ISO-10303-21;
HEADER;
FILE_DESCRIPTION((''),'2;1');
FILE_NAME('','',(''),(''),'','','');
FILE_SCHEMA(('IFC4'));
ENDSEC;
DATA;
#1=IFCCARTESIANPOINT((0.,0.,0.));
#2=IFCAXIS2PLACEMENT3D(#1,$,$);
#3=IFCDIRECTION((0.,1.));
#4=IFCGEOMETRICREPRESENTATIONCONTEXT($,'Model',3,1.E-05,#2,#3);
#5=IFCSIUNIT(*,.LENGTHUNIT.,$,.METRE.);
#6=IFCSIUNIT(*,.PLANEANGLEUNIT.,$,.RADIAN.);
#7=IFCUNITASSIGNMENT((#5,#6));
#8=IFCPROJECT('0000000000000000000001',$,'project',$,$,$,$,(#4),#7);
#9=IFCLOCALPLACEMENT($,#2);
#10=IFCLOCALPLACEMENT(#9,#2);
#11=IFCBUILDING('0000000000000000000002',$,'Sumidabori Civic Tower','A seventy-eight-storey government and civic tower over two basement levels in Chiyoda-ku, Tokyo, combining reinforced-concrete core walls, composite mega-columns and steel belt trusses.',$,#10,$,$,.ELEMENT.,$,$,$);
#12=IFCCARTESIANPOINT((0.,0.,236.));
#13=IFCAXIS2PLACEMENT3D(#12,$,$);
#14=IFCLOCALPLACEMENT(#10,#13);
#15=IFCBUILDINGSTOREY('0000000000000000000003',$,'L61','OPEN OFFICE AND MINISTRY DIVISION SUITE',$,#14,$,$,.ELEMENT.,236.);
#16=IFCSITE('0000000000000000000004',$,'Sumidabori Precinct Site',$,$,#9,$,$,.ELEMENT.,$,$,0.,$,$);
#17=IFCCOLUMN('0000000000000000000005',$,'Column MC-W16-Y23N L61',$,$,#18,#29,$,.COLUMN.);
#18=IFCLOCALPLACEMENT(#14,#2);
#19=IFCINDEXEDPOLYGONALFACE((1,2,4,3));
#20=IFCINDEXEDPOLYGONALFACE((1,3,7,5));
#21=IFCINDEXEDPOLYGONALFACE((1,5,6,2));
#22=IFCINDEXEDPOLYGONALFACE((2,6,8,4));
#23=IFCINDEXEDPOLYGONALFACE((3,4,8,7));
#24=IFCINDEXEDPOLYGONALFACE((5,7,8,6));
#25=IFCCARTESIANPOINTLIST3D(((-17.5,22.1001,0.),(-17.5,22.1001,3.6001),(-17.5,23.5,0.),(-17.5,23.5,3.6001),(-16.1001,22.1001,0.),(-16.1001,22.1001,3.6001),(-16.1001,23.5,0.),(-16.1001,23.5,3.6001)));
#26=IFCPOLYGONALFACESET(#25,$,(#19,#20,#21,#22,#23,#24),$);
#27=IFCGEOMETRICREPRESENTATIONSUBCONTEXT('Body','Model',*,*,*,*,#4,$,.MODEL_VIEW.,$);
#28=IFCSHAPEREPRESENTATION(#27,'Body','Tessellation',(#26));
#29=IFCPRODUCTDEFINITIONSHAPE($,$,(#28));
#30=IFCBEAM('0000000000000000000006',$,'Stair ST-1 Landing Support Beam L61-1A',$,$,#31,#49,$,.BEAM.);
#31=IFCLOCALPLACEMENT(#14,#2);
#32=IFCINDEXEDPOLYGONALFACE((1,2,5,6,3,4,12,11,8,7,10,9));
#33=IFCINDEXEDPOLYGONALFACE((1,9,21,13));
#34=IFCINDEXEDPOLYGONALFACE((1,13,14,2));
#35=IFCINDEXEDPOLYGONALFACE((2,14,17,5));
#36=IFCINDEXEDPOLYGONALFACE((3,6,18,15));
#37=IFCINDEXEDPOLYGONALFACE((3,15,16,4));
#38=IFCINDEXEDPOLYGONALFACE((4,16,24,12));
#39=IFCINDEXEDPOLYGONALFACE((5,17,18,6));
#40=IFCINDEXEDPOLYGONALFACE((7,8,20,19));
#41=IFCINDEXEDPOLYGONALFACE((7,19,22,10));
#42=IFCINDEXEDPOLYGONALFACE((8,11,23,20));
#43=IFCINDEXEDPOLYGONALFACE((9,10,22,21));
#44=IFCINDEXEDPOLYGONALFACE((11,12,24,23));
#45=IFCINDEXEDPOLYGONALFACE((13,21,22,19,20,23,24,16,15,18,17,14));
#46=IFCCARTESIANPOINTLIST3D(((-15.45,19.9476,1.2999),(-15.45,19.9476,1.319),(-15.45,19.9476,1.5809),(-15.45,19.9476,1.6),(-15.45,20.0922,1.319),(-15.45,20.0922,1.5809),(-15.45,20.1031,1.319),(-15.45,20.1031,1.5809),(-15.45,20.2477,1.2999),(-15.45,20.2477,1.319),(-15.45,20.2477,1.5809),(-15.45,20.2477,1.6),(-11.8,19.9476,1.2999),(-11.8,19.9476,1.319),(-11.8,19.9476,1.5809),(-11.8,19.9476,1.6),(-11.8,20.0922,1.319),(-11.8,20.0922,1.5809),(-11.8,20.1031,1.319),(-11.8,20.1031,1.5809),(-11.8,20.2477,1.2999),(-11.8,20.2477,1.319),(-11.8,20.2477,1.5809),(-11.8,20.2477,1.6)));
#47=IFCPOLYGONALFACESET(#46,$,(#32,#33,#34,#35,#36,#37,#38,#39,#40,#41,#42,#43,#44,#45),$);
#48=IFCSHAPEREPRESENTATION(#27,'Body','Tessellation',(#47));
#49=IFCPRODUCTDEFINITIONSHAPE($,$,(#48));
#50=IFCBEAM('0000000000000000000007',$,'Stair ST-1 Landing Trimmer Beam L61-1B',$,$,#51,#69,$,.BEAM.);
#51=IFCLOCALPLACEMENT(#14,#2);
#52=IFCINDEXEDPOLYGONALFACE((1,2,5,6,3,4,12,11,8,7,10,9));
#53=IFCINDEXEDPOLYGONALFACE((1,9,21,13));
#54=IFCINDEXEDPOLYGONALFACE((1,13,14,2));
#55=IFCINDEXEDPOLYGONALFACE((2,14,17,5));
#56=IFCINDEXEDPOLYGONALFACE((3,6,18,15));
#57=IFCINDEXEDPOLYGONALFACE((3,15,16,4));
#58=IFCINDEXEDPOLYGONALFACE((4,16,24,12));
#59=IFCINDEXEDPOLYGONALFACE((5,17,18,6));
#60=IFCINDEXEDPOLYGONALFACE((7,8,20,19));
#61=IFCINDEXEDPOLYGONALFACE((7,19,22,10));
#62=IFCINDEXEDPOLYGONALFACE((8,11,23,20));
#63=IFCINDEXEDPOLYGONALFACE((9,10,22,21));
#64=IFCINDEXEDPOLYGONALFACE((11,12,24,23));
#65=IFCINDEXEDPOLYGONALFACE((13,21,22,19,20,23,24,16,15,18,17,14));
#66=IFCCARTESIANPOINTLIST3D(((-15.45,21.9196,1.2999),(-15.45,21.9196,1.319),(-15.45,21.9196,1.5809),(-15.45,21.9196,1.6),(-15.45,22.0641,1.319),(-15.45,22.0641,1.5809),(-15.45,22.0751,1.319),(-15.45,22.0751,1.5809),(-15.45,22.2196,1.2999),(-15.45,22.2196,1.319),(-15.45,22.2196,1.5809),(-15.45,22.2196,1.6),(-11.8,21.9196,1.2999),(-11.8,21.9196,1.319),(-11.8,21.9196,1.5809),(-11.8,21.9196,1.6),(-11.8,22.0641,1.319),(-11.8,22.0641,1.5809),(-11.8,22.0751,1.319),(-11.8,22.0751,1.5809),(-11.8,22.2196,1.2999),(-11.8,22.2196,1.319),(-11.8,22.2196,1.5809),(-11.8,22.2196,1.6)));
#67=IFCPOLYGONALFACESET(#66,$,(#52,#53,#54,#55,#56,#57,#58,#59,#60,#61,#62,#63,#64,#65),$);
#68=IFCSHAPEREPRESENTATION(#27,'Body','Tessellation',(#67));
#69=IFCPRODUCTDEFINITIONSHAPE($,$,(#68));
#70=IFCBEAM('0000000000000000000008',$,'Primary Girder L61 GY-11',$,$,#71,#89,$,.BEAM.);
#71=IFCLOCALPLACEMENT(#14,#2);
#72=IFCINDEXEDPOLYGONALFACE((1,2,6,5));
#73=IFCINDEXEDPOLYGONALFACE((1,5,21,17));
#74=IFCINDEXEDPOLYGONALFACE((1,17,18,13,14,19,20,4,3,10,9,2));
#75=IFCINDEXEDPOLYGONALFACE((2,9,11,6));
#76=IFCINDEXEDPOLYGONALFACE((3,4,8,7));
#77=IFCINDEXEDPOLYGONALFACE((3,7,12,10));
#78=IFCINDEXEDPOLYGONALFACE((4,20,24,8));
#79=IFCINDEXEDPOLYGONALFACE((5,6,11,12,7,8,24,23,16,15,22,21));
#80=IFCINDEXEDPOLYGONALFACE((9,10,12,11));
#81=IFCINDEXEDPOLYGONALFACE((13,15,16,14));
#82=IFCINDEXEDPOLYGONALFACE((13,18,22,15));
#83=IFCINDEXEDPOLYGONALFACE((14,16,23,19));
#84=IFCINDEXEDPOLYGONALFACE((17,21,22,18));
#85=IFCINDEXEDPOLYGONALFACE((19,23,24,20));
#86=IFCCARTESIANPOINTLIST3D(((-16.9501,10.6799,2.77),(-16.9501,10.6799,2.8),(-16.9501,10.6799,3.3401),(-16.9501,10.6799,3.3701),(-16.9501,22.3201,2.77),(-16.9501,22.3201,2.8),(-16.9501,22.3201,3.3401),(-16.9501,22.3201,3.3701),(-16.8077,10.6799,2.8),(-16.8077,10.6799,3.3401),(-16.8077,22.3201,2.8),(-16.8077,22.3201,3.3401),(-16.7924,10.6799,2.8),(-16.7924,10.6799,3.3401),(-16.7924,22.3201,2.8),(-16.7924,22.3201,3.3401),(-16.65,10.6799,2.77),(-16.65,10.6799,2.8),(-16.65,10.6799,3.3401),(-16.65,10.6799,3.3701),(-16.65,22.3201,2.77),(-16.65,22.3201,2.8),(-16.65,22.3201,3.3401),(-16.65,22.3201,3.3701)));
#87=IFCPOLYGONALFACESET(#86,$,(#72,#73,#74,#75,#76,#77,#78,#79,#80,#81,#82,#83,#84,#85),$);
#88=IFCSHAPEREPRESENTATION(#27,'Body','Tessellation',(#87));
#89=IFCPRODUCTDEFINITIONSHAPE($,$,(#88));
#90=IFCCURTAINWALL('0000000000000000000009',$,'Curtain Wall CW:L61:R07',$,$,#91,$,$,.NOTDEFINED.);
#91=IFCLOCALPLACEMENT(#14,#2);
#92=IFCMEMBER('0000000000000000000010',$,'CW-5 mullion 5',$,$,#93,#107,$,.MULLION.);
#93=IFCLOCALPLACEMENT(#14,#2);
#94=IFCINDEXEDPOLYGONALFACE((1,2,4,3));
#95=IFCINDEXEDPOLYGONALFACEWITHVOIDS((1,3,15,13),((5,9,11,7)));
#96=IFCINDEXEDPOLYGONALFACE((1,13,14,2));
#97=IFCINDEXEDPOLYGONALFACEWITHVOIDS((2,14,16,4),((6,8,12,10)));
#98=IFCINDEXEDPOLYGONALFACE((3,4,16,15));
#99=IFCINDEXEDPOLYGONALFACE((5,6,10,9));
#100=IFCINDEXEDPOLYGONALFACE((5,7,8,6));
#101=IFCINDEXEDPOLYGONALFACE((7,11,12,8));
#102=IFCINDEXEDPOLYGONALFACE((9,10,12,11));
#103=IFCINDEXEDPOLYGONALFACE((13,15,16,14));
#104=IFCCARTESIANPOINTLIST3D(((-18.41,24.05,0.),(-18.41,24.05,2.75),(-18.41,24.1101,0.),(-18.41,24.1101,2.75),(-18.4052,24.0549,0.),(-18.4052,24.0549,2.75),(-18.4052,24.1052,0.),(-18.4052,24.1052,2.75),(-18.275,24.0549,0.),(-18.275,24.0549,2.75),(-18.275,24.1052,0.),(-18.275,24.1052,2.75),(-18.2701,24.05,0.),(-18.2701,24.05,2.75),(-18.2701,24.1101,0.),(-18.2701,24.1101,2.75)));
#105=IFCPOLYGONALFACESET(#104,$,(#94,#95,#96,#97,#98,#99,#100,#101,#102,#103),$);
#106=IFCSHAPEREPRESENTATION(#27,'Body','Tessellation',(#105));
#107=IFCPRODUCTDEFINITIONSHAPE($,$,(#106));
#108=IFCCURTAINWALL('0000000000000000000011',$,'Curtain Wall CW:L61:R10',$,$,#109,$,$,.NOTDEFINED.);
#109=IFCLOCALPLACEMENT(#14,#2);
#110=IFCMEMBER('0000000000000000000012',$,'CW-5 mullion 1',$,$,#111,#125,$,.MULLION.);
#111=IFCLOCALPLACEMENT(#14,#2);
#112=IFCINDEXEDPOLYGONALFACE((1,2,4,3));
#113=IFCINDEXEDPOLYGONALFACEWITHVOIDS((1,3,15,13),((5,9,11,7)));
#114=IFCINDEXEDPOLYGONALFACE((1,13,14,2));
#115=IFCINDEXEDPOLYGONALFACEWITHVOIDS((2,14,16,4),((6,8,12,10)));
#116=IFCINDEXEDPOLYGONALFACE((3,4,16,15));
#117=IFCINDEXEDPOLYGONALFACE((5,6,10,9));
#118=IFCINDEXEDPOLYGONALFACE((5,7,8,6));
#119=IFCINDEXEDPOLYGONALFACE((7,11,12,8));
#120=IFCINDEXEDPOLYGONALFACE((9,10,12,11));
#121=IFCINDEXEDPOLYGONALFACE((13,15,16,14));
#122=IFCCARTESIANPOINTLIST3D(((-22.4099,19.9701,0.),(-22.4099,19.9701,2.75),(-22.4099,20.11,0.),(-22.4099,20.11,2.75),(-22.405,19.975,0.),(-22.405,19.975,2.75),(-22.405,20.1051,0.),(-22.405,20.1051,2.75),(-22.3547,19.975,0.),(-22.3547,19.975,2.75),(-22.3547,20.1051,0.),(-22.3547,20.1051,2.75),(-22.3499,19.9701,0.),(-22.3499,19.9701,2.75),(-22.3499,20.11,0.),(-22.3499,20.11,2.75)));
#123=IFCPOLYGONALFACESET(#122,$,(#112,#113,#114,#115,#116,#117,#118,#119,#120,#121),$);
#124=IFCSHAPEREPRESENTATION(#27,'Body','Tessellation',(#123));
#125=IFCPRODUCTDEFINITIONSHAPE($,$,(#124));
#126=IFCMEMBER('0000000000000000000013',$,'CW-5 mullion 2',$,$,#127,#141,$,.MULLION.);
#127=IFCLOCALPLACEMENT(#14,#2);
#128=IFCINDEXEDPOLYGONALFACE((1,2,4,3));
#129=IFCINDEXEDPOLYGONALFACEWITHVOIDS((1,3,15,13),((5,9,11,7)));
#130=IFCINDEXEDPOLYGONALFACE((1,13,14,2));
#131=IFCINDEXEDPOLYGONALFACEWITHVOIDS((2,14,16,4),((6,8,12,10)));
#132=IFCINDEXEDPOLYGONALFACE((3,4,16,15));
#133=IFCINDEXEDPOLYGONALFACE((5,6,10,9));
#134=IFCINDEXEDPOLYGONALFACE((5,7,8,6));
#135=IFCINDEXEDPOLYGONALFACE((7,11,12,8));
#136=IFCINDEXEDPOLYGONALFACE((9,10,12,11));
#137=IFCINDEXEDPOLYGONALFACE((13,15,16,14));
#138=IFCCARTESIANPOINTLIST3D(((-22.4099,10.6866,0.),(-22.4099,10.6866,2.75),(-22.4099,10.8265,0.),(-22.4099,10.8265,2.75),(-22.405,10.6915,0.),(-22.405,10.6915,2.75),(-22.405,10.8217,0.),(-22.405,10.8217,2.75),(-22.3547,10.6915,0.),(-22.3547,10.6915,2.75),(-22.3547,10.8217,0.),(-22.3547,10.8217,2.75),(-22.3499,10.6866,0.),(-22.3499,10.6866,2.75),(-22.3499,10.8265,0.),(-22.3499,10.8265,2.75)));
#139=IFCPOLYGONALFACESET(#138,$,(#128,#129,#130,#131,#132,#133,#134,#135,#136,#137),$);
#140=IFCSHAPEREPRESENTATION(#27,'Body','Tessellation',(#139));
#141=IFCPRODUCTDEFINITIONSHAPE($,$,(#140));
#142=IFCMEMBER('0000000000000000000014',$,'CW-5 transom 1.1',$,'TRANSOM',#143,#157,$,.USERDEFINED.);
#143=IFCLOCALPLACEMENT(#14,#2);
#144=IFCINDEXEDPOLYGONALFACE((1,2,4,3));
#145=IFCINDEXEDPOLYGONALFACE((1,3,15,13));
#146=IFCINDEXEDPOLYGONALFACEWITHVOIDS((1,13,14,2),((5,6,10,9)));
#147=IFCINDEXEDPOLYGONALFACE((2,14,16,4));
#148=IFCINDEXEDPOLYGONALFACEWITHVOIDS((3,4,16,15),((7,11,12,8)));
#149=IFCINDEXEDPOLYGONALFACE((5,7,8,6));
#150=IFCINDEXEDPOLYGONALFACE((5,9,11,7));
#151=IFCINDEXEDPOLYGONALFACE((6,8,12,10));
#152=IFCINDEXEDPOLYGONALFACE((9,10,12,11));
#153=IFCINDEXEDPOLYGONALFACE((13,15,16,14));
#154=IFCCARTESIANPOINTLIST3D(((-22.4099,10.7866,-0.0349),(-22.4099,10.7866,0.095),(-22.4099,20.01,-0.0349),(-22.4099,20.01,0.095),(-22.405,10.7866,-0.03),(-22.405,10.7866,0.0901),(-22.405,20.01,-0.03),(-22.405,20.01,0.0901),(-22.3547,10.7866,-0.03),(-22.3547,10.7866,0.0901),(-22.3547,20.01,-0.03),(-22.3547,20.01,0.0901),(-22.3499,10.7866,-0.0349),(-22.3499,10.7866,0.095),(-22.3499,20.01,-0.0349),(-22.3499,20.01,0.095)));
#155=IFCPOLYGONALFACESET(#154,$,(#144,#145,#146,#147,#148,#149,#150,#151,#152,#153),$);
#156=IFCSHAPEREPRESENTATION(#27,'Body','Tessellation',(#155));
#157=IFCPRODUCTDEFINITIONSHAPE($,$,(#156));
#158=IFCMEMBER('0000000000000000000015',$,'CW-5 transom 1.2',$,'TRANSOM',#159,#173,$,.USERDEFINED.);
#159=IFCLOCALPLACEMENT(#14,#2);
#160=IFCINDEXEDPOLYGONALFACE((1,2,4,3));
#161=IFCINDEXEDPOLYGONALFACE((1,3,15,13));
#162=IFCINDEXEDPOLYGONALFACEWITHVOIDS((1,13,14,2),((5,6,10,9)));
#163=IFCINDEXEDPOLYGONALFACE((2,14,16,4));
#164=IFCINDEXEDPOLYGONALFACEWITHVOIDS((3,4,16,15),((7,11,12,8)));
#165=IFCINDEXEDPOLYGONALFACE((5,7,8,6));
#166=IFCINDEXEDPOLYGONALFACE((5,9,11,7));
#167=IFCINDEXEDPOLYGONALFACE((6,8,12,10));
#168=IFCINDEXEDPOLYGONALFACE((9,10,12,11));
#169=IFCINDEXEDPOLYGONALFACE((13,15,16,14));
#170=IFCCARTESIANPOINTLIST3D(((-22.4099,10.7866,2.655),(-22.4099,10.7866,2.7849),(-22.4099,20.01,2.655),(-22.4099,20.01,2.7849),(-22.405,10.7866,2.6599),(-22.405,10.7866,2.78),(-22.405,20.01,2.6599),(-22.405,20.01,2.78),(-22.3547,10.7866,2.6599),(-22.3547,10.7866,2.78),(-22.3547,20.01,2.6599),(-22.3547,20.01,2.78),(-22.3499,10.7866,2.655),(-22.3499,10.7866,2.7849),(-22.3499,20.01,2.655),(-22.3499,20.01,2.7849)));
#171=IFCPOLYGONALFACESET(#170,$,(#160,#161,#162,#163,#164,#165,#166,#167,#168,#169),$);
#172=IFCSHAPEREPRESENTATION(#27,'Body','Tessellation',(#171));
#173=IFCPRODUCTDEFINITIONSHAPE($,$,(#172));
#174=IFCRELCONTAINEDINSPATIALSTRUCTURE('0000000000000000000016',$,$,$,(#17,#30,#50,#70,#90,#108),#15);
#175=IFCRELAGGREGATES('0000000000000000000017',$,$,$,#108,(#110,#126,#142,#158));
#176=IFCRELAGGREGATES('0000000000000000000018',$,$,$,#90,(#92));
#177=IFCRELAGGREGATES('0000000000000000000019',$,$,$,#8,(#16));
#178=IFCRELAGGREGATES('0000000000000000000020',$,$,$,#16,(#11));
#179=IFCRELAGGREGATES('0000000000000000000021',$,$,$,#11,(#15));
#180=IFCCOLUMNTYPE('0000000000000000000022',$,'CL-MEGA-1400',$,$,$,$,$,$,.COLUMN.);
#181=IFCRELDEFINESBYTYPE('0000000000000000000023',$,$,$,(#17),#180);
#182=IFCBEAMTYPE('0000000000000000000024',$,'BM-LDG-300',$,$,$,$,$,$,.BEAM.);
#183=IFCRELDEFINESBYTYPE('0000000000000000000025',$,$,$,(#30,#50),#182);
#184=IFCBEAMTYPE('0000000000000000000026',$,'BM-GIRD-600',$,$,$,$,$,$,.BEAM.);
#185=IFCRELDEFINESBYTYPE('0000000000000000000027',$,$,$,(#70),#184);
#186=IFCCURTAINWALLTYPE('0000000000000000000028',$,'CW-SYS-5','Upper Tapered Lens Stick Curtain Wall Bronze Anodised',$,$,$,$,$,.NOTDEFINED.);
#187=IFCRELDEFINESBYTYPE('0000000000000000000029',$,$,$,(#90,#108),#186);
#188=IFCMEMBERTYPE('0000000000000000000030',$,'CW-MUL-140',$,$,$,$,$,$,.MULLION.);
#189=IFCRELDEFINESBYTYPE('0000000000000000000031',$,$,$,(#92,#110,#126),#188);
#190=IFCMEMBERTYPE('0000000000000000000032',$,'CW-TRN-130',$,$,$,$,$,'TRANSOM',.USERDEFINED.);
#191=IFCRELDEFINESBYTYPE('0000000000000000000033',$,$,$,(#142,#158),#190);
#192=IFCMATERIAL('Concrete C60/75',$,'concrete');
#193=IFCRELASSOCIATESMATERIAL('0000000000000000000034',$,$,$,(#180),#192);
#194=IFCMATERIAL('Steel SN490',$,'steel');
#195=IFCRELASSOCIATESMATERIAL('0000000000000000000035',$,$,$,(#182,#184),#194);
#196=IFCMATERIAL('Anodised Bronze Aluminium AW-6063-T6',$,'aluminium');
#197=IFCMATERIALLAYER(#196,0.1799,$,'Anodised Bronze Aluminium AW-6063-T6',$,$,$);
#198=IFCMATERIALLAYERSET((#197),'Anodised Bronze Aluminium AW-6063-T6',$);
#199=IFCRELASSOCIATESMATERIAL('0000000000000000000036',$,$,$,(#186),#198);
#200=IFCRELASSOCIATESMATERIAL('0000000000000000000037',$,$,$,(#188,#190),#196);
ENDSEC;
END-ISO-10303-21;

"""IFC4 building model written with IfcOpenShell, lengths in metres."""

from ifc_helpers import new_model, si_unit, direction, frame, origin, origin_2d, place, context, subcontext, project, spatial, rectangle, hollow_rectangle, i_section, extrude, source, transform, mapped, material, layer, layer_set, material_profile, profile_set, type_object, element, aggregate, save


model = new_model("IFC4")

# Units and contexts
model_context = context("Model", 3, precision=1e-05, world=origin(), true_north=direction((0.0, 1.0)))
body_context = subcontext(model_context, "Body", "Model", "MODEL_VIEW")
ifc_project = project(units=[si_unit("LENGTHUNIT", "METRE"), si_unit("PLANEANGLEUNIT", "RADIAN")], contexts=[model_context])

# Site, building, storey
site_placement = place(None, origin())
site = spatial("IfcSite", under=ifc_project, at=site_placement, Name="Sumidabori Precinct Site", CompositionType="ELEMENT", RefElevation=0.0)
building_placement = place(site_placement, origin())
building = spatial("IfcBuilding", under=site, at=building_placement, Name="Sumidabori Civic Tower", Description="A seventy-eight-storey government and civic tower over two basement levels in Chiyoda-ku, Tokyo, combining reinforced-concrete core walls, composite mega-columns and steel belt trusses.", CompositionType="ELEMENT")
storey_placement = place(building_placement, frame((0.0, 0.0, 236.0)))
storey = spatial("IfcBuildingStorey", under=building, at=storey_placement, Name="L61", Description="OPEN OFFICE AND MINISTRY DIVISION SUITE", CompositionType="ELEMENT", Elevation=236.0)

# Column
ifc_material_1 = material(Name="Concrete C60/75", Category="concrete")
ifc_material_profile_1 = material_profile(ifc_material_1, rectangle(XDim=1.3999, YDim=1.3999, at=origin_2d()), Name="RC 1400x1400")
ifc_profile_set_1 = profile_set([ifc_material_profile_1], Name="Concrete C60/75")
column_type = type_object("IfcColumnType", Name="CL-MEGA-1400", PredefinedType="COLUMN", material=ifc_profile_set_1)
shared_shape_1 = source(origin(), body_context, "Body", "SweptSolid", [
    extrude(rectangle(XDim=1.3999, YDim=1.3999, at=origin_2d()), origin(), (0.0, 0.0, 1.0), 3.6001),
])
column_placement = place(storey_placement, frame((-16.8, 22.8, 0.0), z_axis=(0.0, 0.0, 1.0), x_axis=(1.0, 0.0, 0.0)))
element("IfcColumn", 1, at=column_placement, inside=storey, type_object=column_type, Name="Column MC-W16-Y23N L61", PredefinedType="COLUMN", context=body_context, shape_type="MappedRepresentation", body=[
    mapped(shared_shape_1, transform((0.0, 0.0, 0.0), x_axis=(1.0, 0.0, 0.0), y_axis=(0.0, 1.0, 0.0), z_axis=(0.0, 0.0, 1.0), scale=1.0)),
])

# Beams
ifc_material_2 = material(Name="Steel SN490", Category="steel")
ifc_material_profile_2 = material_profile(ifc_material_2, i_section(OverallWidth=0.3, OverallDepth=0.3, WebThickness=0.011, FlangeThickness=0.019, at=origin_2d()), Name="HE 300 B")
ifc_profile_set_2 = profile_set([ifc_material_profile_2], Name="Steel SN490")
beam_type_1 = type_object("IfcBeamType", Name="BM-LDG-300", PredefinedType="BEAM", material=ifc_profile_set_2)
shared_shape_2 = source(origin(), body_context, "Body", "SweptSolid", [
    extrude(i_section(OverallWidth=0.3, OverallDepth=0.3, WebThickness=0.011, FlangeThickness=0.019, at=origin_2d()), origin(), (0.0, 0.0, 1.0), 3.6499),
])
for number, where, z_axis, x_axis, name in (
    (2, (-15.45, 20.0977, 1.45), (1.0, 0.0, 0.0), (0.0, 1.0, 0.0), "Stair ST-1 Landing Support Beam L61-1A"),
    (3, (-15.45, 22.0696, 1.45), (1.0, 0.0, 0.0), (0.0, 1.0, 0.0), "Stair ST-1 Landing Trimmer Beam L61-1B"),
):
    element("IfcBeam", number, at=place(storey_placement, frame(where, z_axis=z_axis, x_axis=x_axis)), inside=storey, type_object=beam_type_1, Name=name, PredefinedType="BEAM", context=body_context, shape_type="MappedRepresentation", body=[
        mapped(shared_shape_2, transform((0.0, 0.0, 0.0), x_axis=(1.0, 0.0, 0.0), y_axis=(0.0, 1.0, 0.0), z_axis=(0.0, 0.0, 1.0), scale=1.0)),
    ])
ifc_material_profile_3 = material_profile(ifc_material_2, i_section(OverallWidth=0.3, OverallDepth=0.6001, WebThickness=0.0154, FlangeThickness=0.03, at=origin_2d()), Name="HE 600 B")
ifc_profile_set_3 = profile_set([ifc_material_profile_3], Name="Steel SN490")
beam_type_2 = type_object("IfcBeamType", Name="BM-GIRD-600", PredefinedType="BEAM", material=ifc_profile_set_3)
shared_shape_3 = source(origin(), body_context, "Body", "SweptSolid", [
    extrude(i_section(OverallWidth=0.3, OverallDepth=0.6001, WebThickness=0.0154, FlangeThickness=0.03, at=origin_2d()), origin(), (0.0, 0.0, 1.0), 11.6401),
])
beam_placement = place(storey_placement, frame((-16.8, 10.6799, 3.0701), z_axis=(0.0, 1.0, 0.0), x_axis=(-1.0, 0.0, 0.0)))
element("IfcBeam", 4, at=beam_placement, inside=storey, type_object=beam_type_2, Name="Primary Girder L61 GY-11", PredefinedType="BEAM", context=body_context, shape_type="MappedRepresentation", body=[
    mapped(shared_shape_3, transform((0.0, 0.0, 0.0), x_axis=(1.0, 0.0, 0.0), y_axis=(0.0, 1.0, 0.0), z_axis=(0.0, 0.0, 1.0), scale=1.0)),
])

# Curtain wall, member
ifc_material_3 = material(Name="Anodised Bronze Aluminium AW-6063-T6", Category="aluminium")
ifc_layer_1 = layer(ifc_material_3, 0.1799, Name="Anodised Bronze Aluminium AW-6063-T6")
ifc_layer_set_1 = layer_set([ifc_layer_1], Name="Anodised Bronze Aluminium AW-6063-T6")
curtain_wall_type = type_object("IfcCurtainWallType", Name="CW-SYS-5", Description="Upper Tapered Lens Stick Curtain Wall Bronze Anodised", PredefinedType="NOTDEFINED", material=ifc_layer_set_1)
curtain_wall_1_placement = place(storey_placement, origin())
curtain_wall_1 = element("IfcCurtainWall", 5, at=curtain_wall_1_placement, inside=storey, type_object=curtain_wall_type, Name="Curtain Wall CW:L61:R07", PredefinedType="NOTDEFINED")
ifc_material_profile_4 = material_profile(ifc_material_3, hollow_rectangle(XDim=0.0601, YDim=0.1399, WallThickness=0.0049, at=origin_2d()), Name="ALU MULLION 140x60")
ifc_profile_set_4 = profile_set([ifc_material_profile_4], Name="Anodised Bronze Aluminium AW-6063-T6")
member_type_1 = type_object("IfcMemberType", Name="CW-MUL-140", PredefinedType="MULLION", material=ifc_profile_set_4)
shared_shape_4 = source(origin(), body_context, "Body", "SweptSolid", [
    extrude(hollow_rectangle(XDim=0.0601, YDim=0.1399, WallThickness=0.0049, at=origin_2d()), origin(), (0.0, 0.0, 1.0), 2.75),
])
member_1_placement = place(storey_placement, frame((-18.3401, 24.0801, 0.0), z_axis=(0.0, 0.0, 1.0), x_axis=(0.0, -1.0, 0.0)))
member_1 = element("IfcMember", 6, at=member_1_placement, type_object=member_type_1, Name="CW-5 mullion 5", PredefinedType="MULLION", context=body_context, shape_type="MappedRepresentation", body=[
    mapped(shared_shape_4, transform((0.0, 0.0, 0.0), x_axis=(1.0, 0.0, 0.0), y_axis=(0.0, 1.0, 0.0), z_axis=(0.0, 0.0, 1.0), scale=1.0)),
])

# Curtain wall, members
curtain_wall_2_placement = place(storey_placement, origin())
curtain_wall_2 = element("IfcCurtainWall", 7, at=curtain_wall_2_placement, inside=storey, type_object=curtain_wall_type, Name="Curtain Wall CW:L61:R10", PredefinedType="NOTDEFINED")
member_2_placement = place(storey_placement, frame((-22.3799, 20.04, 0.0), z_axis=(0.0, 0.0, 1.0), x_axis=(1.0, 0.0, 0.0)))
member_2 = element("IfcMember", 8, at=member_2_placement, type_object=member_type_1, Name="CW-5 mullion 1", PredefinedType="MULLION", context=body_context, shape_type="MappedRepresentation", body=[
    mapped(shared_shape_4, transform((0.0, 0.0, 0.0), x_axis=(1.0, 0.0, 0.0), y_axis=(0.0, 1.0, 0.0), z_axis=(0.0, 0.0, 1.0), scale=1.0)),
])
member_3_placement = place(storey_placement, frame((-22.3799, 10.7566, 0.0), z_axis=(0.0, 0.0, 1.0), x_axis=(1.0, 0.0, 0.0)))
member_3 = element("IfcMember", 9, at=member_3_placement, type_object=member_type_1, Name="CW-5 mullion 2", PredefinedType="MULLION", context=body_context, shape_type="MappedRepresentation", body=[
    mapped(shared_shape_4, transform((0.0, 0.0, 0.0), x_axis=(1.0, 0.0, 0.0), y_axis=(0.0, 1.0, 0.0), z_axis=(0.0, 0.0, 1.0), scale=1.0)),
])
ifc_material_profile_5 = material_profile(ifc_material_3, hollow_rectangle(XDim=0.0601, YDim=0.1299, WallThickness=0.0049, at=origin_2d()), Name="ALU TRANSOM 130x60")
ifc_profile_set_5 = profile_set([ifc_material_profile_5], Name="Anodised Bronze Aluminium AW-6063-T6")
member_type_2 = type_object("IfcMemberType", Name="CW-TRN-130", ElementType="TRANSOM", PredefinedType="USERDEFINED", material=ifc_profile_set_5)
shared_shape_5 = source(origin(), body_context, "Body", "SweptSolid", [
    extrude(hollow_rectangle(XDim=0.0601, YDim=0.1299, WallThickness=0.0049, at=origin_2d()), origin(), (0.0, 0.0, 1.0), 9.2234),
])
member_4_placement = place(storey_placement, frame((-22.3799, 20.01, 0.03), z_axis=(0.0, -1.0, 0.0), x_axis=(1.0, 0.0, 0.0)))
member_4 = element("IfcMember", 10, at=member_4_placement, type_object=member_type_2, Name="CW-5 transom 1.1", ObjectType="TRANSOM", PredefinedType="USERDEFINED", context=body_context, shape_type="MappedRepresentation", body=[
    mapped(shared_shape_5, transform((0.0, 0.0, 0.0), x_axis=(1.0, 0.0, 0.0), y_axis=(0.0, 1.0, 0.0), z_axis=(0.0, 0.0, 1.0), scale=1.0)),
])
member_5_placement = place(storey_placement, frame((-22.3799, 20.01, 2.72), z_axis=(0.0, -1.0, 0.0), x_axis=(1.0, 0.0, 0.0)))
member_5 = element("IfcMember", 11, at=member_5_placement, type_object=member_type_2, Name="CW-5 transom 1.2", ObjectType="TRANSOM", PredefinedType="USERDEFINED", context=body_context, shape_type="MappedRepresentation", body=[
    mapped(shared_shape_5, transform((0.0, 0.0, 0.0), x_axis=(1.0, 0.0, 0.0), y_axis=(0.0, 1.0, 0.0), z_axis=(0.0, 0.0, 1.0), scale=1.0)),
])
aggregate(curtain_wall_2, [member_2, member_3, member_4, member_5])

aggregate(curtain_wall_1, [member_1])

save(model, "model.ifc")
